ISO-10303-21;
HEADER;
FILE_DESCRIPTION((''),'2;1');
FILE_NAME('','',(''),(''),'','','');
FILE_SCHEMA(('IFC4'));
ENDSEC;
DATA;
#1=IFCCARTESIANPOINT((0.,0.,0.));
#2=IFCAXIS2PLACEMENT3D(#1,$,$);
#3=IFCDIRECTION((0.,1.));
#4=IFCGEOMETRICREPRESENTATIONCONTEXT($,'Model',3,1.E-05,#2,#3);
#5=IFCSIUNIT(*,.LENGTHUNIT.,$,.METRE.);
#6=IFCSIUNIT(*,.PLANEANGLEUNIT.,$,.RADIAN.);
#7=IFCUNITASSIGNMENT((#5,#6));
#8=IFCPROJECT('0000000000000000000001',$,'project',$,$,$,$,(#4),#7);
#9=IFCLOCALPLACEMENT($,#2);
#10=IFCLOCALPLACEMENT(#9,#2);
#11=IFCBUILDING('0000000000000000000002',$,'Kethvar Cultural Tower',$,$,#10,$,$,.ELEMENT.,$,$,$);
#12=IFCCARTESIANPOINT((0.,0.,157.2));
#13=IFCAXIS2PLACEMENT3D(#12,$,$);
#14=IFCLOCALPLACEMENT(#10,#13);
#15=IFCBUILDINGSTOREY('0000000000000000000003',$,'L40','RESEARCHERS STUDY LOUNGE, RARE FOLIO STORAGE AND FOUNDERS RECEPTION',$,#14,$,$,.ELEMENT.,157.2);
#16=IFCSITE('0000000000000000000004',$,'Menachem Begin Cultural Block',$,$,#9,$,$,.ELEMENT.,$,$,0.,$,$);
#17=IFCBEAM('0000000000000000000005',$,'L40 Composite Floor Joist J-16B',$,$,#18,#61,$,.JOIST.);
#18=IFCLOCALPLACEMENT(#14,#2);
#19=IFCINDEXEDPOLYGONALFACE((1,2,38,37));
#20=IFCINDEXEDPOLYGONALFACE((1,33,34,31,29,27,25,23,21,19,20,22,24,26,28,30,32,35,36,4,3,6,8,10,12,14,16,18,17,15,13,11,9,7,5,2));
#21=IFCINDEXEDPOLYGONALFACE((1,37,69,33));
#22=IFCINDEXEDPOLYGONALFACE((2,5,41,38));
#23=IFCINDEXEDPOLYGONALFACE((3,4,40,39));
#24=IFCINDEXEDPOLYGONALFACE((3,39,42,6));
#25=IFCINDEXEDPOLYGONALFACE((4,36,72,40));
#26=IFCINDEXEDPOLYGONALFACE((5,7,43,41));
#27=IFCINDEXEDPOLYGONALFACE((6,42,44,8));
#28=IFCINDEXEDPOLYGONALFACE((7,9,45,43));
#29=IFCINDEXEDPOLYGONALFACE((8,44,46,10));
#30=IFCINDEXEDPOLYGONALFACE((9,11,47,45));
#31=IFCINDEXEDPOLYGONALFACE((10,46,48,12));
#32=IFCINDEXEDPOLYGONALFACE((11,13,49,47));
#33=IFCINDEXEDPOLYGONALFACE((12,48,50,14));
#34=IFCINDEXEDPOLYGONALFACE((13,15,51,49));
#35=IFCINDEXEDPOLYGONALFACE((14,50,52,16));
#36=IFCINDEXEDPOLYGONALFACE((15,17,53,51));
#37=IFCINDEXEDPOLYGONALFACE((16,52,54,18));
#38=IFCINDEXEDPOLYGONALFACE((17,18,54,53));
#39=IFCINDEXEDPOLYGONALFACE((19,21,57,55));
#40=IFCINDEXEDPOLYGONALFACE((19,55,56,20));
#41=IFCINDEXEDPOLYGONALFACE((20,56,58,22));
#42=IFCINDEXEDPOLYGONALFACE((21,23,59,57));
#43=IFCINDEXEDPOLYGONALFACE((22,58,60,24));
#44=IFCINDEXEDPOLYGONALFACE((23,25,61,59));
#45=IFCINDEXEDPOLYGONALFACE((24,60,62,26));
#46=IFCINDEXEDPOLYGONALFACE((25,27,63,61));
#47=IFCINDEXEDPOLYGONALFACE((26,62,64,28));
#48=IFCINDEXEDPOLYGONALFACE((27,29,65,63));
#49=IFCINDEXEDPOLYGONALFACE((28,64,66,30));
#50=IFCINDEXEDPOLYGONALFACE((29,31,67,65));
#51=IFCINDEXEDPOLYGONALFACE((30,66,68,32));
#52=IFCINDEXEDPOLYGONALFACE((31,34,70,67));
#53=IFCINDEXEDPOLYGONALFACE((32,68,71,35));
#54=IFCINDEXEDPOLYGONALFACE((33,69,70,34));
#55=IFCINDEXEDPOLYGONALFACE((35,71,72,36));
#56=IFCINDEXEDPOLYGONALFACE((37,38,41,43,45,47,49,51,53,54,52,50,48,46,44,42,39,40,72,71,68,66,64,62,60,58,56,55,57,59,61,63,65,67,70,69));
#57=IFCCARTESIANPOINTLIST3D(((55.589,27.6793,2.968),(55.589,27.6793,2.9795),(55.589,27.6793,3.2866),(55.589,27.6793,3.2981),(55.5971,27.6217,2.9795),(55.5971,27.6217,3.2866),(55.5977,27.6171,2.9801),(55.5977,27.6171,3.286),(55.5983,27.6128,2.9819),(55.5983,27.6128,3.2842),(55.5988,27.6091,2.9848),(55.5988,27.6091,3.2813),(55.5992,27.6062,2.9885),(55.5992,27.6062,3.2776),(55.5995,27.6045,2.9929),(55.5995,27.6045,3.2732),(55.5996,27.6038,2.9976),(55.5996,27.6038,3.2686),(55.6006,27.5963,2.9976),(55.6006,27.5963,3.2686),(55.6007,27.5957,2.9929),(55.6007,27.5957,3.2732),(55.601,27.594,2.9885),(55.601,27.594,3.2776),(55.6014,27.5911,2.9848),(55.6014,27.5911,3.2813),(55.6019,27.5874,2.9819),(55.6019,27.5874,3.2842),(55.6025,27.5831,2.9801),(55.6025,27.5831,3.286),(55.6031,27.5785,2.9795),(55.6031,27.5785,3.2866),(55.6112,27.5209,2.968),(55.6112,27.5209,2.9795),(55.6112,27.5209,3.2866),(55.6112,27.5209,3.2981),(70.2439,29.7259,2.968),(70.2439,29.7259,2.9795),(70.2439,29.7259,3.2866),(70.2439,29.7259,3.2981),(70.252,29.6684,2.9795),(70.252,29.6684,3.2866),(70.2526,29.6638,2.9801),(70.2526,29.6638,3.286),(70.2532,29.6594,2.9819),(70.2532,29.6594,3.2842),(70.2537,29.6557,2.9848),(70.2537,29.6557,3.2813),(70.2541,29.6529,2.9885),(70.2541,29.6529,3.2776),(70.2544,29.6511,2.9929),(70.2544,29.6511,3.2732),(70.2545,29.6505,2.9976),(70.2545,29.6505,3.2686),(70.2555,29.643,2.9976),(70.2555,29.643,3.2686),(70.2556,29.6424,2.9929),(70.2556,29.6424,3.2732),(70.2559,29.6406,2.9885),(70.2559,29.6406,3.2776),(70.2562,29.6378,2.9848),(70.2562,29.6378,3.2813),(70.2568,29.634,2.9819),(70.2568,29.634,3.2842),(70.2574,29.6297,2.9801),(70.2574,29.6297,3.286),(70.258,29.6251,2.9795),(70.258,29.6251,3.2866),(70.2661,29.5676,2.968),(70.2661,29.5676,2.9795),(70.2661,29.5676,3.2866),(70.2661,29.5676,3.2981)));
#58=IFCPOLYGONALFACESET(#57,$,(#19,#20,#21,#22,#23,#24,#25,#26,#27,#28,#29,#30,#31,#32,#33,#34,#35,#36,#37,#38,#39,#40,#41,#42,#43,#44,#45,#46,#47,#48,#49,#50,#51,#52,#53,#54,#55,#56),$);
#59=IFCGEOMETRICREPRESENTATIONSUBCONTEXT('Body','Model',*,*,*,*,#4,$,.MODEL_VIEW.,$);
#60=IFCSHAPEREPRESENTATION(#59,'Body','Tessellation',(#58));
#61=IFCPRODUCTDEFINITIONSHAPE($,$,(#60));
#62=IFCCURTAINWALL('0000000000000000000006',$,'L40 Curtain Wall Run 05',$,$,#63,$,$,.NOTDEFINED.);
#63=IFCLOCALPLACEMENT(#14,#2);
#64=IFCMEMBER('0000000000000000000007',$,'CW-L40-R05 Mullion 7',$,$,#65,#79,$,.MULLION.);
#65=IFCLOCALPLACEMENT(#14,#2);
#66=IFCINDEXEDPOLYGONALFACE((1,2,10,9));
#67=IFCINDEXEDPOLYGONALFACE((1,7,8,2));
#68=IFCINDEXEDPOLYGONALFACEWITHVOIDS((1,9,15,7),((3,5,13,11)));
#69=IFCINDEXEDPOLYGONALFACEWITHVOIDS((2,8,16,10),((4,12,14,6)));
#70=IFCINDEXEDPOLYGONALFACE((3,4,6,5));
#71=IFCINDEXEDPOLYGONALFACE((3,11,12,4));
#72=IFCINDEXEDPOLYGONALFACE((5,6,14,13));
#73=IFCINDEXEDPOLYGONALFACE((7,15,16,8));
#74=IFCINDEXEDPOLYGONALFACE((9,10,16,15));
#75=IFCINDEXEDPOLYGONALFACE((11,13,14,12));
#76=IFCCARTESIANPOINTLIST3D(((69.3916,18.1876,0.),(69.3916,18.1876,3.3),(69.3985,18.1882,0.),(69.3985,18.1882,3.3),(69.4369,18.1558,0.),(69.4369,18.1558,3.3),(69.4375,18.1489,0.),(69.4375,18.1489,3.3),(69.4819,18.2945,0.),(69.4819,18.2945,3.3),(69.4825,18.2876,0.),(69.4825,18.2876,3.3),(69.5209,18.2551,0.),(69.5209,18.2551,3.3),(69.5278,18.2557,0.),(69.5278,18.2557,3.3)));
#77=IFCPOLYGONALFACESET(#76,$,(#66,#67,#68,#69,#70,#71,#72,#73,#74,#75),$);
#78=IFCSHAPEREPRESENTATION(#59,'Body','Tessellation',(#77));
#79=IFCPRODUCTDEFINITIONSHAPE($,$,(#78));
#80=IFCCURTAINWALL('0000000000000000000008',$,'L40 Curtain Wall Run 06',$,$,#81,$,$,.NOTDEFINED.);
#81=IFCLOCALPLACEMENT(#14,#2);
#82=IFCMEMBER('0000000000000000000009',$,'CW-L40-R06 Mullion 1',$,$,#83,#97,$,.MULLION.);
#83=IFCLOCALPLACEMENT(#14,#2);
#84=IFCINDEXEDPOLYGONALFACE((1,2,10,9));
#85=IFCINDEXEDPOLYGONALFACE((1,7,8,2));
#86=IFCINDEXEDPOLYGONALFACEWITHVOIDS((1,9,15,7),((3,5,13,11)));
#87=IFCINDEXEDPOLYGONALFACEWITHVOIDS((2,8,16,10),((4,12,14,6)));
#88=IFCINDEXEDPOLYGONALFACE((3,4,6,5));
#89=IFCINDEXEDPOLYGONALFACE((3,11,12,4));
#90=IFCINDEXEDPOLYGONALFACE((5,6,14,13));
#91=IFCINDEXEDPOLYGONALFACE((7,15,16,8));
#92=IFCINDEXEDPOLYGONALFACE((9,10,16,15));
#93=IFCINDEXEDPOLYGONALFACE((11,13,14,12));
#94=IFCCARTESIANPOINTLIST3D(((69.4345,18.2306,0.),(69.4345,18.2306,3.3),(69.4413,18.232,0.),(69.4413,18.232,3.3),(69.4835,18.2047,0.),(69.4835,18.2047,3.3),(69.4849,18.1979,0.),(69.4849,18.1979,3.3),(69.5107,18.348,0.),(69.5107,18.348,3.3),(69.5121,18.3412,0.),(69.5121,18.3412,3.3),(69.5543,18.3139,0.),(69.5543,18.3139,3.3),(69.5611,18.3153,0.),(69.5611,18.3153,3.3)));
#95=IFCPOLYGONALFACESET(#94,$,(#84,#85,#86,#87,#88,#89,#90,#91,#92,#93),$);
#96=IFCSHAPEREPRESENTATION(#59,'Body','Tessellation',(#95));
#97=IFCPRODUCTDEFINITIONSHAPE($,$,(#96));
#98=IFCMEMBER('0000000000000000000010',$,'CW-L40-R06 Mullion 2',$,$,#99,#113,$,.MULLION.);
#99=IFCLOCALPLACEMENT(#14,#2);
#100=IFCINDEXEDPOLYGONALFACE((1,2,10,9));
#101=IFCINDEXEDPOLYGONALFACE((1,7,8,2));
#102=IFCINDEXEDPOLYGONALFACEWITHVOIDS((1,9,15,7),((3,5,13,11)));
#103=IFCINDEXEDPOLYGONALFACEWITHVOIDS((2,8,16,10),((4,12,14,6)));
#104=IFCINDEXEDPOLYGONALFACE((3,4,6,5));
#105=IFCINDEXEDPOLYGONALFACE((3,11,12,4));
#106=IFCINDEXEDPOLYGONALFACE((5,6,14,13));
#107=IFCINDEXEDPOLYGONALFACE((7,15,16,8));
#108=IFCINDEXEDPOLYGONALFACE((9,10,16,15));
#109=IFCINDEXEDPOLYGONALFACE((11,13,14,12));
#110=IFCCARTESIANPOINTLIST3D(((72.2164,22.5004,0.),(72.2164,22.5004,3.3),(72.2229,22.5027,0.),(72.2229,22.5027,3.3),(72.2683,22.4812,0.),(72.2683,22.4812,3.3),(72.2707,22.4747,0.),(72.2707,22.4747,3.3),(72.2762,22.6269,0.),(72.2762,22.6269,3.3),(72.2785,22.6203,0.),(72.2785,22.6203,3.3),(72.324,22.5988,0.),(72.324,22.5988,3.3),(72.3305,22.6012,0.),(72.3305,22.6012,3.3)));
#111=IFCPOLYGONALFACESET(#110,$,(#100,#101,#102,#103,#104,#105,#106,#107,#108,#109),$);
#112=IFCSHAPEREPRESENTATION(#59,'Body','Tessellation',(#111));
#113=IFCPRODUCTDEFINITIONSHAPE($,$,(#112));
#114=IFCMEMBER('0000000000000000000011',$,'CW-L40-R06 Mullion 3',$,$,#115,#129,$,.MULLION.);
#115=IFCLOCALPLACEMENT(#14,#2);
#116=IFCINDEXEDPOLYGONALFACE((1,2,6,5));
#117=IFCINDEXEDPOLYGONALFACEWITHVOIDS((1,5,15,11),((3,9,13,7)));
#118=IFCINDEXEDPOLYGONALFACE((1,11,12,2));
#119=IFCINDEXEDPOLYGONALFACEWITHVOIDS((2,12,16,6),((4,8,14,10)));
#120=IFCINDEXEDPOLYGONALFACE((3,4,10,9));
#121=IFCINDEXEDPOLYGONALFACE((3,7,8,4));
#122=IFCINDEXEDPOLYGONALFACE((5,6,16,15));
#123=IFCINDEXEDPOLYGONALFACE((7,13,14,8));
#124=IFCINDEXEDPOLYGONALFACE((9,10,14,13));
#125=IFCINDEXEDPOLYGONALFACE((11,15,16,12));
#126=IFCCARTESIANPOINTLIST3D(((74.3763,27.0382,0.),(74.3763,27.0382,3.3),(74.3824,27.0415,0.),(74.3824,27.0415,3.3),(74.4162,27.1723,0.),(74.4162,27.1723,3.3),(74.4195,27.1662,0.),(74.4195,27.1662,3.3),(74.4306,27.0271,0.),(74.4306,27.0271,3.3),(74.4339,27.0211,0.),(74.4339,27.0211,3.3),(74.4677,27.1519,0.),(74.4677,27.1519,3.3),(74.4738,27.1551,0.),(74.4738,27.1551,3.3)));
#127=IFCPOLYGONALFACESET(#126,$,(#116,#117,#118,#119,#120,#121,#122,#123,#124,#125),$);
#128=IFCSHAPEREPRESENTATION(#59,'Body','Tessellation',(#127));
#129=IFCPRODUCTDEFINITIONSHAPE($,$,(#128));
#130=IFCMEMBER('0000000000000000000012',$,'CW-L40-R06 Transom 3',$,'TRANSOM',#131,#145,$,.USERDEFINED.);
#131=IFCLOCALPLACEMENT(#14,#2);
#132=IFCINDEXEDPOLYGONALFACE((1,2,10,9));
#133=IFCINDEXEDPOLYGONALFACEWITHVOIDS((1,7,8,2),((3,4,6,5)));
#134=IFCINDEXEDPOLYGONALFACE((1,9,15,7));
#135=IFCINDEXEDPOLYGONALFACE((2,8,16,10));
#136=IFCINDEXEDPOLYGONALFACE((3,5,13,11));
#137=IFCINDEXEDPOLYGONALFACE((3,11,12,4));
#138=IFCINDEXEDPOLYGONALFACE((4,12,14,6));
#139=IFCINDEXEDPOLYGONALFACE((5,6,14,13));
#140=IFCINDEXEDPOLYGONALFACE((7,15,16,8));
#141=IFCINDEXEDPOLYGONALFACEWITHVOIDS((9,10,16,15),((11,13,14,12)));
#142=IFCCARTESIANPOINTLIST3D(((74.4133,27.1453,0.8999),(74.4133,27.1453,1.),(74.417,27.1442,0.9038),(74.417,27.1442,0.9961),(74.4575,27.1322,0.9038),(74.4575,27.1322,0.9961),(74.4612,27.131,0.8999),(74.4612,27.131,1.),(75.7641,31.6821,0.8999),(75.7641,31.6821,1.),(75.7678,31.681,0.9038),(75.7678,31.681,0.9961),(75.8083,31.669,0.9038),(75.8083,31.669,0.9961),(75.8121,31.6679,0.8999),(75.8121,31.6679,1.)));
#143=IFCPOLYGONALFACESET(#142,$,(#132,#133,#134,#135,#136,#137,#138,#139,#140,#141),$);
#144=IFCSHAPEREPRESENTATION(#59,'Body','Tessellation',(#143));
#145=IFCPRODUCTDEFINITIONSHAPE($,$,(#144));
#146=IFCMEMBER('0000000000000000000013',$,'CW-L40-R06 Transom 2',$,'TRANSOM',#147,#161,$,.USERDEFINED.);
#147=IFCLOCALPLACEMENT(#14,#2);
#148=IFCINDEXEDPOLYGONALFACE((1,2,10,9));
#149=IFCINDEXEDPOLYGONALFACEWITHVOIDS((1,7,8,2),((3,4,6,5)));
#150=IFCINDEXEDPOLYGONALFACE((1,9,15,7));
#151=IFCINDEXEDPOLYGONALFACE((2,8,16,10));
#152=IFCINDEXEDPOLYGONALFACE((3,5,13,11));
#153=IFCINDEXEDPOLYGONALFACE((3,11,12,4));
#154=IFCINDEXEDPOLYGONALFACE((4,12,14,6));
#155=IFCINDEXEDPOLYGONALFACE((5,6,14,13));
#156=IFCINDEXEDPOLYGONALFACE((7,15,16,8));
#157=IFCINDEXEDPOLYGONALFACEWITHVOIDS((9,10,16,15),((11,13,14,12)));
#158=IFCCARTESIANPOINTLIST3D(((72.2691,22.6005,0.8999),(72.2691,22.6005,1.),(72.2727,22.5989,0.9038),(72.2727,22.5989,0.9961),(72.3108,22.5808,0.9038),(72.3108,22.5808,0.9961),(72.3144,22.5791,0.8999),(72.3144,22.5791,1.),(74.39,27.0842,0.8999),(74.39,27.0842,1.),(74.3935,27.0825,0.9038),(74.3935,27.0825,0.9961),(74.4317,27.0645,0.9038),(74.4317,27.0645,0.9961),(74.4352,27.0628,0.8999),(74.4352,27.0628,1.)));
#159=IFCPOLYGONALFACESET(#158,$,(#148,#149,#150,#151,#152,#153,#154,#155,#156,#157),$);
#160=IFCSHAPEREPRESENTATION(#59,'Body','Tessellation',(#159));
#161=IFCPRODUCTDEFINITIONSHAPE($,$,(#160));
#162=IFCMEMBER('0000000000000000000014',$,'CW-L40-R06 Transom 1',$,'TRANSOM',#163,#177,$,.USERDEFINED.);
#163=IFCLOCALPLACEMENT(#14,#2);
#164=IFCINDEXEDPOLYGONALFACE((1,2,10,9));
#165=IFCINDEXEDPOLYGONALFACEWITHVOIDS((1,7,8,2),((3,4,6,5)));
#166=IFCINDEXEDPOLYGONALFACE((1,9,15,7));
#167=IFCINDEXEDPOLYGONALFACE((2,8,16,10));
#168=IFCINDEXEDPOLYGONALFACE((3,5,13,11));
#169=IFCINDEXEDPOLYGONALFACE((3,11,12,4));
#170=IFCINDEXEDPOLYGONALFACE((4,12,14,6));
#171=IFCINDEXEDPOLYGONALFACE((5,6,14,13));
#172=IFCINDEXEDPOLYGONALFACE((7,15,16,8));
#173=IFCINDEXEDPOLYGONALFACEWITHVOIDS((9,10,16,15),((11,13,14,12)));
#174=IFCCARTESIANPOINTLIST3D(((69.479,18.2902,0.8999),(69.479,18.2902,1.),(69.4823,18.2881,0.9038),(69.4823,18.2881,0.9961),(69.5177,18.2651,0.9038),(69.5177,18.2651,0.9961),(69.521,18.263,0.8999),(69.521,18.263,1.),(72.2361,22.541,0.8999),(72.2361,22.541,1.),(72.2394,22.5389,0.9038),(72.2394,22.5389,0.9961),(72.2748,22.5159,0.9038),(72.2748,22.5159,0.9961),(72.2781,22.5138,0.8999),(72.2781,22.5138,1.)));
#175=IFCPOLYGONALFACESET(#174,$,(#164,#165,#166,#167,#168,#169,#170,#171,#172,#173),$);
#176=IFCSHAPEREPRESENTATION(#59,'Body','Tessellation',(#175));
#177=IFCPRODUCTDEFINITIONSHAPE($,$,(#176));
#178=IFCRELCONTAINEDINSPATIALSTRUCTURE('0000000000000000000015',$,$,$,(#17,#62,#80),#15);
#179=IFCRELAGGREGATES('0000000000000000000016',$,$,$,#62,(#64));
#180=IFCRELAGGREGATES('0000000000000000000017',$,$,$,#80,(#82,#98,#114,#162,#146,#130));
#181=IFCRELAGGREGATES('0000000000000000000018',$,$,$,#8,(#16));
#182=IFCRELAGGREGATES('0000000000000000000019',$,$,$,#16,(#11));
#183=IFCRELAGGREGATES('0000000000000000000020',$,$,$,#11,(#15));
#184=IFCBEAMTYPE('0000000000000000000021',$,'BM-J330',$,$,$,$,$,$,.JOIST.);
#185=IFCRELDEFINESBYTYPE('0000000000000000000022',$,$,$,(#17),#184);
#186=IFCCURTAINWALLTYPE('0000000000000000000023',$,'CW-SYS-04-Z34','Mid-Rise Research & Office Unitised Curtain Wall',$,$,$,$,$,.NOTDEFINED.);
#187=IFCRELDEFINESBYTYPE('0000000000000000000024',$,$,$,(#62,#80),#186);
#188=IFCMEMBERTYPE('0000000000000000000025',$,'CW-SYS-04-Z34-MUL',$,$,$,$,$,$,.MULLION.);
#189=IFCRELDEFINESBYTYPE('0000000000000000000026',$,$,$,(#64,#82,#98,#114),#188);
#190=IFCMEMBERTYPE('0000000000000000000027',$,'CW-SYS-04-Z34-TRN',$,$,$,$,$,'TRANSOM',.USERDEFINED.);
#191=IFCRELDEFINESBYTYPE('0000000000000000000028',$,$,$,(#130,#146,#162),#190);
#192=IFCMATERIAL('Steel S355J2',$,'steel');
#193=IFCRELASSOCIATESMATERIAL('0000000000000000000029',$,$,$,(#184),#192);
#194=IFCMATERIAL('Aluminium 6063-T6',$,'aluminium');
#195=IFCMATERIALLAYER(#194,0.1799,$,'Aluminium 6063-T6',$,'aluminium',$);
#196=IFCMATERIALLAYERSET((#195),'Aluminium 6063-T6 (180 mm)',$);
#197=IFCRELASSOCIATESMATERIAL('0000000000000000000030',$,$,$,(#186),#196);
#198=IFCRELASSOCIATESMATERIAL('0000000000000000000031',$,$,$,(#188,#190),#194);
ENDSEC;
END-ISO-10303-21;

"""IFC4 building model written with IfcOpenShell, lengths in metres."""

from ifc_helpers import new_model, si_unit, direction, frame, origin, origin_2d, place, context, subcontext, project, spatial, hollow_rectangle, i_section, extrude, source, transform, mapped, material, layer, layer_set, material_profile, profile_set, type_object, element, aggregate, save


model = new_model("IFC4")

# Units and contexts
model_context = context("Model", 3, precision=1e-05, world=origin(), true_north=direction((0.0, 1.0)))
body_context = subcontext(model_context, "Body", "Model", "MODEL_VIEW")
ifc_project = project(units=[si_unit("LENGTHUNIT", "METRE"), si_unit("PLANEANGLEUNIT", "RADIAN")], contexts=[model_context])

# Site, building, storey
site_placement = place(None, origin())
site = spatial("IfcSite", under=ifc_project, at=site_placement, Name="Menachem Begin Cultural Block", CompositionType="ELEMENT", RefElevation=0.0)
building_placement = place(site_placement, origin())
building = spatial("IfcBuilding", under=site, at=building_placement, Name="Kethvar Cultural Tower", CompositionType="ELEMENT")
storey_placement = place(building_placement, frame((0.0, 0.0, 157.2)))
storey = spatial("IfcBuildingStorey", under=building, at=storey_placement, Name="L40", Description="RESEARCHERS STUDY LOUNGE, RARE FOLIO STORAGE AND FOUNDERS RECEPTION", CompositionType="ELEMENT", Elevation=157.2)

# Beam
ifc_material_1 = material(Name="Steel S355J2", Category="steel")
ifc_material_profile_1 = material_profile(ifc_material_1, i_section(OverallWidth=0.1599, OverallDepth=0.3301, WebThickness=0.0076, FlangeThickness=0.0115, FilletRadius=0.0181, at=origin_2d()), Name="Steel S355J2 — IPE330")
ifc_profile_set_1 = profile_set([ifc_material_profile_1], Name="Steel S355J2 — IPE330")
beam_type_1 = type_object("IfcBeamType", Name="BM-J330", PredefinedType="JOIST", material=ifc_profile_set_1)
shared_shape_1 = source(origin(), body_context, "Body", "SweptSolid", [
    extrude(i_section(OverallWidth=0.1599, OverallDepth=0.3301, WebThickness=0.0076, FlangeThickness=0.0115, FilletRadius=0.0181, at=origin_2d()), origin(), (0.0, 0.0, 1.0), 14.7971),
])
beam_1_placement = place(storey_placement, frame((55.6001, 27.6001, 3.1331), z_axis=(0.990388, 0.138314, 0.0), x_axis=(-0.138314, 0.990388, 0.0)))
element("IfcBeam", 1, at=beam_1_placement, inside=storey, type_object=beam_type_1, Name="L40 Composite Floor Joist J-16B", PredefinedType="JOIST", context=body_context, shape_type="MappedRepresentation", body=[
    mapped(shared_shape_1, transform((0.0, 0.0, 0.0), scale=1.0)),
])

# Curtain wall, member
ifc_material_2 = material(Name="Aluminium 6063-T6", Category="aluminium")
ifc_layer_1 = layer(ifc_material_2, 0.1799, Name="Aluminium 6063-T6", Category="aluminium")
ifc_layer_set_1 = layer_set([ifc_layer_1], Name="Aluminium 6063-T6 (180 mm)")
curtain_wall_type = type_object("IfcCurtainWallType", Name="CW-SYS-04-Z34", Description="Mid-Rise Research & Office Unitised Curtain Wall", PredefinedType="NOTDEFINED", material=ifc_layer_set_1)
curtain_wall_1_placement = place(storey_placement, origin())
curtain_wall_1 = element("IfcCurtainWall", 2, at=curtain_wall_1_placement, inside=storey, type_object=curtain_wall_type, Name="L40 Curtain Wall Run 05", PredefinedType="NOTDEFINED")
ifc_material_profile_2 = material_profile(ifc_material_2, hollow_rectangle(XDim=0.0601, YDim=0.1399, WallThickness=0.0049, at=origin_2d()), Name="Aluminium 6063-T6 — RHS140x60x5")
ifc_profile_set_2 = profile_set([ifc_material_profile_2], Name="Aluminium 6063-T6 — RHS140x60x5")
member_type_1 = type_object("IfcMemberType", Name="CW-SYS-04-Z34-MUL", PredefinedType="MULLION", material=ifc_profile_set_2)
shared_shape_2 = source(origin(), body_context, "Body", "SweptSolid", [
    extrude(hollow_rectangle(XDim=0.0601, YDim=0.1399, WallThickness=0.0049, at=origin_2d()), origin(), (0.0, 0.0, 1.0), 3.3),
])
member_1_placement = place(storey_placement, frame((69.4597, 18.2217, 0.0), z_axis=(0.0, 0.0, 1.0), x_axis=(-0.763728, 0.645538, 0.0)))
member_1 = element("IfcMember", 3, at=member_1_placement, type_object=member_type_1, Name="CW-L40-R05 Mullion 7", PredefinedType="MULLION", context=body_context, shape_type="MappedRepresentation", body=[
    mapped(shared_shape_2, transform((0.0, 0.0, 0.0), scale=1.0)),
])
aggregate(curtain_wall_1, [member_1])

# Curtain wall, members
curtain_wall_2_placement = place(storey_placement, origin())
curtain_wall_2 = element("IfcCurtainWall", 4, at=curtain_wall_2_placement, inside=storey, type_object=curtain_wall_type, Name="L40 Curtain Wall Run 06", PredefinedType="NOTDEFINED")
member_2_placement = place(storey_placement, frame((69.4978, 18.2729, 0.0), z_axis=(0.0, 0.0, 1.0), x_axis=(-0.838994, 0.544141, 0.0)))
member_2 = element("IfcMember", 5, at=member_2_placement, type_object=member_type_1, Name="CW-L40-R06 Mullion 1", PredefinedType="MULLION", context=body_context, shape_type="MappedRepresentation", body=[
    mapped(shared_shape_2, transform((0.0, 0.0, 0.0), scale=1.0)),
])
member_3_placement = place(storey_placement, frame((72.2734, 22.5508, 0.0), z_axis=(0.0, 0.0, 1.0), x_axis=(-0.903978, 0.427579, 0.0)))
member_3 = element("IfcMember", 6, at=member_3_placement, type_object=member_type_1, Name="CW-L40-R06 Mullion 2", PredefinedType="MULLION", context=body_context, shape_type="MappedRepresentation", body=[
    mapped(shared_shape_2, transform((0.0, 0.0, 0.0), scale=1.0)),
])
member_4_placement = place(storey_placement, frame((74.425, 27.0967, 0.0), z_axis=(0.0, 0.0, 1.0), x_axis=(-0.958412, 0.285387, 0.0)))
member_4 = element("IfcMember", 7, at=member_4_placement, type_object=member_type_1, Name="CW-L40-R06 Mullion 3", PredefinedType="MULLION", context=body_context, shape_type="MappedRepresentation", body=[
    mapped(shared_shape_2, transform((0.0, 0.0, 0.0), scale=1.0)),
])
ifc_material_profile_3 = material_profile(ifc_material_2, hollow_rectangle(XDim=0.05, YDim=0.1001, WallThickness=0.0039, at=origin_2d()), Name="Aluminium 6063-T6 — RHS100x50x4")
ifc_profile_set_3 = profile_set([ifc_material_profile_3], Name="Aluminium 6063-T6 — RHS100x50x4")
member_type_2 = type_object("IfcMemberType", Name="CW-SYS-04-Z34-TRN", ElementType="TRANSOM", PredefinedType="USERDEFINED", material=ifc_profile_set_3)
shared_shape_3 = source(origin(), body_context, "Body", "SweptSolid", [
    extrude(hollow_rectangle(XDim=0.05, YDim=0.1001, WallThickness=0.0039, at=origin_2d()), origin(), (0.0, 0.0, 1.0), 4.7336),
])
member_5_placement = place(storey_placement, frame((74.4373, 27.1382, 0.95), z_axis=(0.285365, 0.958419, 0.0), x_axis=(-0.958419, 0.285365, 0.0)))
member_5 = element("IfcMember", 8, at=member_5_placement, type_object=member_type_2, Name="CW-L40-R06 Transom 3", ObjectType="TRANSOM", PredefinedType="USERDEFINED", context=body_context, shape_type="MappedRepresentation", body=[
    mapped(shared_shape_3, transform((0.0, 0.0, 0.0), scale=1.0)),
])
shared_shape_4 = source(origin(), body_context, "Body", "SweptSolid", [
    extrude(hollow_rectangle(XDim=0.05, YDim=0.1001, WallThickness=0.0039, at=origin_2d()), origin(), (0.0, 0.0, 1.0), 4.96),
])
member_6_placement = place(storey_placement, frame((72.2917, 22.5898, 0.95), z_axis=(0.427595, 0.90397, 0.0), x_axis=(-0.90397, 0.427595, 0.0)))
member_6 = element("IfcMember", 9, at=member_6_placement, type_object=member_type_2, Name="CW-L40-R06 Transom 2", ObjectType="TRANSOM", PredefinedType="USERDEFINED", context=body_context, shape_type="MappedRepresentation", body=[
    mapped(shared_shape_4, transform((0.0, 0.0, 0.0), scale=1.0)),
])
shared_shape_5 = source(origin(), body_context, "Body", "SweptSolid", [
    extrude(hollow_rectangle(XDim=0.05, YDim=0.1001, WallThickness=0.0039, at=origin_2d()), origin(), (0.0, 0.0, 1.0), 5.0667),
])
member_7_placement = place(storey_placement, frame((69.5, 18.2766, 0.95), z_axis=(0.54417, 0.838975, 0.0), x_axis=(-0.838975, 0.54417, 0.0)))
member_7 = element("IfcMember", 10, at=member_7_placement, type_object=member_type_2, Name="CW-L40-R06 Transom 1", ObjectType="TRANSOM", PredefinedType="USERDEFINED", context=body_context, shape_type="MappedRepresentation", body=[
    mapped(shared_shape_5, transform((0.0, 0.0, 0.0), scale=1.0)),
])
aggregate(curtain_wall_2, [member_2, member_3, member_4, member_7, member_6, member_5])

save(model, "model.ifc")
